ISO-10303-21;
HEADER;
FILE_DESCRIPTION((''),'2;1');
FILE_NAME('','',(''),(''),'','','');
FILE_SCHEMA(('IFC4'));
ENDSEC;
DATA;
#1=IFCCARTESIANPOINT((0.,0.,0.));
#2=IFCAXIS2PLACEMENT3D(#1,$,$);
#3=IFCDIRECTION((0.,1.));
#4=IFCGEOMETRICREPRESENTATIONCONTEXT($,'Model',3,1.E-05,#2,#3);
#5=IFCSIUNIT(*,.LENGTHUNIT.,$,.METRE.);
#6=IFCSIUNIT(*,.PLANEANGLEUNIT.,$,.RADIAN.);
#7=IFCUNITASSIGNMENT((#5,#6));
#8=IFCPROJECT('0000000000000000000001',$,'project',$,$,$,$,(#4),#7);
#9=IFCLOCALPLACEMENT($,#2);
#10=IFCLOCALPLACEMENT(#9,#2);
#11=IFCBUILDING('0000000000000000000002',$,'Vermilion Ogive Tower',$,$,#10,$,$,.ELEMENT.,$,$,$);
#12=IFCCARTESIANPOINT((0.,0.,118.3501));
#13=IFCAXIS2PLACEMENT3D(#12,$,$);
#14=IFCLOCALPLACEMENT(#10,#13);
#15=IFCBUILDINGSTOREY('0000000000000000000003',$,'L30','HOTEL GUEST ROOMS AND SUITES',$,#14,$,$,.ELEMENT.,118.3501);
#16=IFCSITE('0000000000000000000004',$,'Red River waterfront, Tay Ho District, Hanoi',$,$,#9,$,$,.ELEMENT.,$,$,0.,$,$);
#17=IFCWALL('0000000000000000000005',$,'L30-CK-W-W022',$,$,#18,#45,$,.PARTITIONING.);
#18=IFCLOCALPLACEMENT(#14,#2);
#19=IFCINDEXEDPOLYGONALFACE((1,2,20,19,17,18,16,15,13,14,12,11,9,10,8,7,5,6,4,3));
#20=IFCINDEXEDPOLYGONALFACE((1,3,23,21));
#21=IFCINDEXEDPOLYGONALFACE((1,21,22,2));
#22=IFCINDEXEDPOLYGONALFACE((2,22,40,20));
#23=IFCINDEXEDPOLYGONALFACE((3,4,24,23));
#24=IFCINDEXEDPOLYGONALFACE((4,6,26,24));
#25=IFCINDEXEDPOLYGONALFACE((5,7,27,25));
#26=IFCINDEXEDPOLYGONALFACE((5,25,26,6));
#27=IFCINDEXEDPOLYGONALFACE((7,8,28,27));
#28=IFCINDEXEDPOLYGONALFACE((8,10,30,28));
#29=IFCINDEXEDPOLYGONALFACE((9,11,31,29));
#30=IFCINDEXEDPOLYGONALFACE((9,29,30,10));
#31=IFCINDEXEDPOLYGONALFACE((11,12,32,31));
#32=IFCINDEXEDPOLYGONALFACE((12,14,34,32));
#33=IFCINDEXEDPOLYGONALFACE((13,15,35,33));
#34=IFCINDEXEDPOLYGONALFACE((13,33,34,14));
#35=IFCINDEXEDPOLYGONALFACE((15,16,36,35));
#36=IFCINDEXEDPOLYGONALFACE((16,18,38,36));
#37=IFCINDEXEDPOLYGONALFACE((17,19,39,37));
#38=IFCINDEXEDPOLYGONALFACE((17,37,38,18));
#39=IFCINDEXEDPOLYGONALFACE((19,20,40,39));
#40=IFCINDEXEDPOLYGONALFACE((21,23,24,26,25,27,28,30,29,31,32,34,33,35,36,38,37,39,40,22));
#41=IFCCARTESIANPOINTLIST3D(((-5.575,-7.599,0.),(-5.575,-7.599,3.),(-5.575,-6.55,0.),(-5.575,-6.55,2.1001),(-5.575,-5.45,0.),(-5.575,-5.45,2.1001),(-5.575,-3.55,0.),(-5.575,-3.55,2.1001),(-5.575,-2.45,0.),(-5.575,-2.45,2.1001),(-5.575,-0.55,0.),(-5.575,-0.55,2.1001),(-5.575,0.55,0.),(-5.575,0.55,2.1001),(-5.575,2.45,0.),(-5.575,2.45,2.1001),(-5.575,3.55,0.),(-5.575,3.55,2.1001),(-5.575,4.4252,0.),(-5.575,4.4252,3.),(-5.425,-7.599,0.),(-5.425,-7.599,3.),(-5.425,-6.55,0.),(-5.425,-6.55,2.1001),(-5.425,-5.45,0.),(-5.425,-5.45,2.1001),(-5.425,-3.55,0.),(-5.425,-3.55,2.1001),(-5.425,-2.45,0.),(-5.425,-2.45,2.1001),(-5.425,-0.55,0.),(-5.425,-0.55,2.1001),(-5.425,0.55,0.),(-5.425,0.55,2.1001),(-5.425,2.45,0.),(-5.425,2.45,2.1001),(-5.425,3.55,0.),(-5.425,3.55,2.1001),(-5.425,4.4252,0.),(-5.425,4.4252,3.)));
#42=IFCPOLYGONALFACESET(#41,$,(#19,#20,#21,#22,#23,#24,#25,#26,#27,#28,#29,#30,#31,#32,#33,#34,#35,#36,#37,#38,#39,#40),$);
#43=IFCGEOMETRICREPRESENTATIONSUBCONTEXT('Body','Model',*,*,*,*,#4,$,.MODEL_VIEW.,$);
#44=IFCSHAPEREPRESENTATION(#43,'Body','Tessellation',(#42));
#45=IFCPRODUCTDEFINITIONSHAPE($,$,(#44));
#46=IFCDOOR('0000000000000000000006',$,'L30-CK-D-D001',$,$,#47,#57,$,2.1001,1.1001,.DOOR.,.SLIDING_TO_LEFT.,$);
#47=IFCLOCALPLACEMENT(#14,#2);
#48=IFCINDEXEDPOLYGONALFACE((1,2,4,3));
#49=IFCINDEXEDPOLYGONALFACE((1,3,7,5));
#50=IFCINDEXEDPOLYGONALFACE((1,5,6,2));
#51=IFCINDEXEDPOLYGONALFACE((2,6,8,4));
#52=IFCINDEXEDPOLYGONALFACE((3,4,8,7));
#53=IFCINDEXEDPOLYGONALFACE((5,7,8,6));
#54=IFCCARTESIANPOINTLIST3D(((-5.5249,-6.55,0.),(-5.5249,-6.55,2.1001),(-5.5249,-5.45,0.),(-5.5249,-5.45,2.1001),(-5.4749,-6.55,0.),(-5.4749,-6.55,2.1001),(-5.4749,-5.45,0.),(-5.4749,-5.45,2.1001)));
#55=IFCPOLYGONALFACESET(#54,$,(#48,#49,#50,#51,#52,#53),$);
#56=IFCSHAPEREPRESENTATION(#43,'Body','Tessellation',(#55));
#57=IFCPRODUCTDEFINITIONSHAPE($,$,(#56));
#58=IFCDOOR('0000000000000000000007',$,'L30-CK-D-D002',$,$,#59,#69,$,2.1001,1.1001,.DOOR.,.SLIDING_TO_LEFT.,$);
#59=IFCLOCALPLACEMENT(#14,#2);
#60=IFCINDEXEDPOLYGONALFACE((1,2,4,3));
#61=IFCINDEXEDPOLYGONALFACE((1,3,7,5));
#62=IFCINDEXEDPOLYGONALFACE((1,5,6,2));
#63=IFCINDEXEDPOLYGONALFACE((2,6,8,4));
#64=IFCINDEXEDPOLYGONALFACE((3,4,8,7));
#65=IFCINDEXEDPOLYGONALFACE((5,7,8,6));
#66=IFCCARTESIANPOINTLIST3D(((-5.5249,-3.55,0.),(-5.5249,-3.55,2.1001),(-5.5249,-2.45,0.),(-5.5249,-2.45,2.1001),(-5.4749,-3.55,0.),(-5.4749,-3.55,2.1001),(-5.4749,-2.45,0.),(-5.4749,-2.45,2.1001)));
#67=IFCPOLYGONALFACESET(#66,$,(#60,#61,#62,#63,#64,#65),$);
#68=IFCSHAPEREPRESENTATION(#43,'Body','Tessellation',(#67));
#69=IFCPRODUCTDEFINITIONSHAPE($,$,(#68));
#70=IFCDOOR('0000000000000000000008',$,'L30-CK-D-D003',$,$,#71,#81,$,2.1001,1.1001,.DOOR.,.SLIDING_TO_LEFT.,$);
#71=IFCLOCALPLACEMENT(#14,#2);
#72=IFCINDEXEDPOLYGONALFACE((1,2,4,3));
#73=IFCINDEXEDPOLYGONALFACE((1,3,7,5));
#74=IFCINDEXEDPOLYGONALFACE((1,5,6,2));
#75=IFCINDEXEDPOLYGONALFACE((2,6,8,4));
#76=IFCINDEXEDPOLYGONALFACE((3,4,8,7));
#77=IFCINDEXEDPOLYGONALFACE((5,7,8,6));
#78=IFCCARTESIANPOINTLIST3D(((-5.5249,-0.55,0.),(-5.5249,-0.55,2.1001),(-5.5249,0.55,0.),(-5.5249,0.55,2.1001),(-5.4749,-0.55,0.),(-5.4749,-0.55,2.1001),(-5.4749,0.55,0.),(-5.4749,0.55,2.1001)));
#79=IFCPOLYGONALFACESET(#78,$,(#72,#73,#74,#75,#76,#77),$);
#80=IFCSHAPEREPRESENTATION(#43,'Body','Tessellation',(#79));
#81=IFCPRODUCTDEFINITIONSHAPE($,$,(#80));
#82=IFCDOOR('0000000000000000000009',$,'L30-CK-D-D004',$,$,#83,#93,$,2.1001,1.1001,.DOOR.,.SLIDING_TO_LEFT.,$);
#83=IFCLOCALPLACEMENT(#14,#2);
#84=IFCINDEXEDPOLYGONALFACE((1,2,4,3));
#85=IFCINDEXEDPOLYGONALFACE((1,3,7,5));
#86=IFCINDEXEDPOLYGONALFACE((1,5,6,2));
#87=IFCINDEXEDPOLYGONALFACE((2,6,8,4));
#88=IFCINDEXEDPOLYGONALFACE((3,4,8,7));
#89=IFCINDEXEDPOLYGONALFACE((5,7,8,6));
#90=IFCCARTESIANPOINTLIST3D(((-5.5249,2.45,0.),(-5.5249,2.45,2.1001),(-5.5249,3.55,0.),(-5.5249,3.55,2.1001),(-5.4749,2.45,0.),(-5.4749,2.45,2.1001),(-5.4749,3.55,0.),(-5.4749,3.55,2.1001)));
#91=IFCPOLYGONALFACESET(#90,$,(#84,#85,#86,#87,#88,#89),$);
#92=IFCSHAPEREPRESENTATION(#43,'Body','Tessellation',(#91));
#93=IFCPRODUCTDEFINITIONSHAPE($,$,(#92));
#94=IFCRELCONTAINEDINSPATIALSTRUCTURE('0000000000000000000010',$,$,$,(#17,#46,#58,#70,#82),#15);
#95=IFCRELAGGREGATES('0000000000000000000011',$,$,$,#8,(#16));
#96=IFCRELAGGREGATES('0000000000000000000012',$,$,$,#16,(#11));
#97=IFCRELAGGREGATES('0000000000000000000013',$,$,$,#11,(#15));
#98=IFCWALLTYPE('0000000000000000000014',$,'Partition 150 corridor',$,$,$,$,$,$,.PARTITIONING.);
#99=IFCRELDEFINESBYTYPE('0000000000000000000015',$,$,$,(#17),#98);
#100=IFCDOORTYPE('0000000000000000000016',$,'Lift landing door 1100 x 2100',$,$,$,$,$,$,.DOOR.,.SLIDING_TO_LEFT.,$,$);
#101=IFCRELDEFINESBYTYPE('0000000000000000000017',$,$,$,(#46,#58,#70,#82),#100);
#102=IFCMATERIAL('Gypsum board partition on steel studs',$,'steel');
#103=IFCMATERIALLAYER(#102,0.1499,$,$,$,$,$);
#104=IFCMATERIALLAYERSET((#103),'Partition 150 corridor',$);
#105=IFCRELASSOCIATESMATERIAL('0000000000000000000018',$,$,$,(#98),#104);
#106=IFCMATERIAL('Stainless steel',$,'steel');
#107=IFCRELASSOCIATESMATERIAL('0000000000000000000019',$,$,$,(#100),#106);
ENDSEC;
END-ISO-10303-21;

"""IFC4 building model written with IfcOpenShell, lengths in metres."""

from ifc_helpers import new_model, si_unit, direction, frame, frame_2d, origin, place, context, subcontext, project, spatial, rectangle, extrude, material, layer, layer_set, type_object, element, fill, save


model = new_model("IFC4")

# Units and contexts
model_context = context("Model", 3, precision=1e-05, world=origin(), true_north=direction((0.0, 1.0)))
body_context = subcontext(model_context, "Body", "Model", "MODEL_VIEW")
ifc_project = project(units=[si_unit("LENGTHUNIT", "METRE"), si_unit("PLANEANGLEUNIT", "RADIAN")], contexts=[model_context])

# Site, building, storey
site_placement = place(None, origin())
site = spatial("IfcSite", under=ifc_project, at=site_placement, Name="Red River waterfront, Tay Ho District, Hanoi", CompositionType="ELEMENT", RefElevation=0.0)
building_placement = place(site_placement, origin())
building = spatial("IfcBuilding", under=site, at=building_placement, Name="Vermilion Ogive Tower", CompositionType="ELEMENT")
storey_placement = place(building_placement, frame((0.0, 0.0, 118.3501)))
storey = spatial("IfcBuildingStorey", under=building, at=storey_placement, Name="L30", Description="HOTEL GUEST ROOMS AND SUITES", CompositionType="ELEMENT", Elevation=118.3501)

# Wall, openings, doors
ifc_material_1 = material(Name="Gypsum board partition on steel studs", Category="steel")
ifc_layer_1 = layer(ifc_material_1, 0.1499)
ifc_layer_set_1 = layer_set([ifc_layer_1], Name="Partition 150 corridor")
wall_type_1 = type_object("IfcWallType", Name="Partition 150 corridor", PredefinedType="PARTITIONING", material=ifc_layer_set_1)
wall_1_placement = place(storey_placement, frame((-5.5, -7.5991, 0.0), z_axis=(0.0, 0.0, 1.0), x_axis=(0.0, 1.0, 0.0)))
wall_1 = element("IfcWall", 1, at=wall_1_placement, inside=storey, type_object=wall_type_1, Name="L30-CK-W-W022", PredefinedType="PARTITIONING", context=body_context, shape_type="SweptSolid", body=[
    extrude(rectangle(XDim=12.0242, YDim=0.1499, at=frame_2d((6.0122, 0.0))), origin(), (0.0, 0.0, 1.0), 3.0),
])
opening_1_placement = place(wall_1_placement, frame((1.0491, 0.0, 0.0)))
opening_1 = element("IfcOpeningElement", 2, at=opening_1_placement, cuts=wall_1, PredefinedType="OPENING", context=body_context, shape_type="SweptSolid", body=[
    extrude(rectangle(XDim=1.1001, YDim=2.1001, at=frame_2d((0.55, 1.05))), frame((0.0, 0.085, 0.0), z_axis=(0.0, -1.0, 0.0), x_axis=(1.0, 0.0, 0.0)), (0.0, 0.0, 1.0), 0.1699),
])
opening_2_placement = place(wall_1_placement, frame((4.0491, 0.0, 0.0)))
opening_2 = element("IfcOpeningElement", 3, at=opening_2_placement, cuts=wall_1, PredefinedType="OPENING", context=body_context, shape_type="SweptSolid", body=[
    extrude(rectangle(XDim=1.1001, YDim=2.1001, at=frame_2d((0.55, 1.05))), frame((0.0, 0.085, 0.0), z_axis=(0.0, -1.0, 0.0), x_axis=(1.0, 0.0, 0.0)), (0.0, 0.0, 1.0), 0.1699),
])
opening_3_placement = place(wall_1_placement, frame((7.0491, 0.0, 0.0)))
opening_3 = element("IfcOpeningElement", 4, at=opening_3_placement, cuts=wall_1, PredefinedType="OPENING", context=body_context, shape_type="SweptSolid", body=[
    extrude(rectangle(XDim=1.1001, YDim=2.1001, at=frame_2d((0.55, 1.05))), frame((0.0, 0.085, 0.0), z_axis=(0.0, -1.0, 0.0), x_axis=(1.0, 0.0, 0.0)), (0.0, 0.0, 1.0), 0.1699),
])
opening_4_placement = place(wall_1_placement, frame((10.0491, 0.0, 0.0)))
opening_4 = element("IfcOpeningElement", 5, at=opening_4_placement, cuts=wall_1, PredefinedType="OPENING", context=body_context, shape_type="SweptSolid", body=[
    extrude(rectangle(XDim=1.1001, YDim=2.1001, at=frame_2d((0.55, 1.05))), frame((0.0, 0.085, 0.0), z_axis=(0.0, -1.0, 0.0), x_axis=(1.0, 0.0, 0.0)), (0.0, 0.0, 1.0), 0.1699),
])
ifc_material_2 = material(Name="Stainless steel", Category="steel")
door_type_1 = type_object("IfcDoorType", Name="Lift landing door 1100 x 2100", OperationType="SLIDING_TO_LEFT", PredefinedType="DOOR", material=ifc_material_2)
door_1_placement = place(opening_1_placement, origin())
door_1 = element("IfcDoor", 6, at=door_1_placement, inside=storey, type_object=door_type_1, Name="L30-CK-D-D001", OperationType="SLIDING_TO_LEFT", OverallHeight=2.1001, OverallWidth=1.1001, PredefinedType="DOOR", context=body_context, shape_type="SweptSolid", body=[
    extrude(rectangle(XDim=1.1001, YDim=2.1001, at=frame_2d((0.55, 1.05))), frame((0.0, 0.0249, 0.0), z_axis=(0.0, -1.0, 0.0), x_axis=(1.0, 0.0, 0.0)), (0.0, 0.0, 1.0), 0.05),
])
fill(opening_1, door_1)
door_2_placement = place(opening_2_placement, origin())
door_2 = element("IfcDoor", 7, at=door_2_placement, inside=storey, type_object=door_type_1, Name="L30-CK-D-D002", OperationType="SLIDING_TO_LEFT", OverallHeight=2.1001, OverallWidth=1.1001, PredefinedType="DOOR", context=body_context, shape_type="SweptSolid", body=[
    extrude(rectangle(XDim=1.1001, YDim=2.1001, at=frame_2d((0.55, 1.05))), frame((0.0, 0.0249, 0.0), z_axis=(0.0, -1.0, 0.0), x_axis=(1.0, 0.0, 0.0)), (0.0, 0.0, 1.0), 0.05),
])
fill(opening_2, door_2)
door_3_placement = place(opening_3_placement, origin())
door_3 = element("IfcDoor", 8, at=door_3_placement, inside=storey, type_object=door_type_1, Name="L30-CK-D-D003", OperationType="SLIDING_TO_LEFT", OverallHeight=2.1001, OverallWidth=1.1001, PredefinedType="DOOR", context=body_context, shape_type="SweptSolid", body=[
    extrude(rectangle(XDim=1.1001, YDim=2.1001, at=frame_2d((0.55, 1.05))), frame((0.0, 0.0249, 0.0), z_axis=(0.0, -1.0, 0.0), x_axis=(1.0, 0.0, 0.0)), (0.0, 0.0, 1.0), 0.05),
])
fill(opening_3, door_3)
door_4_placement = place(opening_4_placement, origin())
door_4 = element("IfcDoor", 9, at=door_4_placement, inside=storey, type_object=door_type_1, Name="L30-CK-D-D004", OperationType="SLIDING_TO_LEFT", OverallHeight=2.1001, OverallWidth=1.1001, PredefinedType="DOOR", context=body_context, shape_type="SweptSolid", body=[
    extrude(rectangle(XDim=1.1001, YDim=2.1001, at=frame_2d((0.55, 1.05))), frame((0.0, 0.0249, 0.0), z_axis=(0.0, -1.0, 0.0), x_axis=(1.0, 0.0, 0.0)), (0.0, 0.0, 1.0), 0.05),
])
fill(opening_4, door_4)

save(model, "model.ifc")
